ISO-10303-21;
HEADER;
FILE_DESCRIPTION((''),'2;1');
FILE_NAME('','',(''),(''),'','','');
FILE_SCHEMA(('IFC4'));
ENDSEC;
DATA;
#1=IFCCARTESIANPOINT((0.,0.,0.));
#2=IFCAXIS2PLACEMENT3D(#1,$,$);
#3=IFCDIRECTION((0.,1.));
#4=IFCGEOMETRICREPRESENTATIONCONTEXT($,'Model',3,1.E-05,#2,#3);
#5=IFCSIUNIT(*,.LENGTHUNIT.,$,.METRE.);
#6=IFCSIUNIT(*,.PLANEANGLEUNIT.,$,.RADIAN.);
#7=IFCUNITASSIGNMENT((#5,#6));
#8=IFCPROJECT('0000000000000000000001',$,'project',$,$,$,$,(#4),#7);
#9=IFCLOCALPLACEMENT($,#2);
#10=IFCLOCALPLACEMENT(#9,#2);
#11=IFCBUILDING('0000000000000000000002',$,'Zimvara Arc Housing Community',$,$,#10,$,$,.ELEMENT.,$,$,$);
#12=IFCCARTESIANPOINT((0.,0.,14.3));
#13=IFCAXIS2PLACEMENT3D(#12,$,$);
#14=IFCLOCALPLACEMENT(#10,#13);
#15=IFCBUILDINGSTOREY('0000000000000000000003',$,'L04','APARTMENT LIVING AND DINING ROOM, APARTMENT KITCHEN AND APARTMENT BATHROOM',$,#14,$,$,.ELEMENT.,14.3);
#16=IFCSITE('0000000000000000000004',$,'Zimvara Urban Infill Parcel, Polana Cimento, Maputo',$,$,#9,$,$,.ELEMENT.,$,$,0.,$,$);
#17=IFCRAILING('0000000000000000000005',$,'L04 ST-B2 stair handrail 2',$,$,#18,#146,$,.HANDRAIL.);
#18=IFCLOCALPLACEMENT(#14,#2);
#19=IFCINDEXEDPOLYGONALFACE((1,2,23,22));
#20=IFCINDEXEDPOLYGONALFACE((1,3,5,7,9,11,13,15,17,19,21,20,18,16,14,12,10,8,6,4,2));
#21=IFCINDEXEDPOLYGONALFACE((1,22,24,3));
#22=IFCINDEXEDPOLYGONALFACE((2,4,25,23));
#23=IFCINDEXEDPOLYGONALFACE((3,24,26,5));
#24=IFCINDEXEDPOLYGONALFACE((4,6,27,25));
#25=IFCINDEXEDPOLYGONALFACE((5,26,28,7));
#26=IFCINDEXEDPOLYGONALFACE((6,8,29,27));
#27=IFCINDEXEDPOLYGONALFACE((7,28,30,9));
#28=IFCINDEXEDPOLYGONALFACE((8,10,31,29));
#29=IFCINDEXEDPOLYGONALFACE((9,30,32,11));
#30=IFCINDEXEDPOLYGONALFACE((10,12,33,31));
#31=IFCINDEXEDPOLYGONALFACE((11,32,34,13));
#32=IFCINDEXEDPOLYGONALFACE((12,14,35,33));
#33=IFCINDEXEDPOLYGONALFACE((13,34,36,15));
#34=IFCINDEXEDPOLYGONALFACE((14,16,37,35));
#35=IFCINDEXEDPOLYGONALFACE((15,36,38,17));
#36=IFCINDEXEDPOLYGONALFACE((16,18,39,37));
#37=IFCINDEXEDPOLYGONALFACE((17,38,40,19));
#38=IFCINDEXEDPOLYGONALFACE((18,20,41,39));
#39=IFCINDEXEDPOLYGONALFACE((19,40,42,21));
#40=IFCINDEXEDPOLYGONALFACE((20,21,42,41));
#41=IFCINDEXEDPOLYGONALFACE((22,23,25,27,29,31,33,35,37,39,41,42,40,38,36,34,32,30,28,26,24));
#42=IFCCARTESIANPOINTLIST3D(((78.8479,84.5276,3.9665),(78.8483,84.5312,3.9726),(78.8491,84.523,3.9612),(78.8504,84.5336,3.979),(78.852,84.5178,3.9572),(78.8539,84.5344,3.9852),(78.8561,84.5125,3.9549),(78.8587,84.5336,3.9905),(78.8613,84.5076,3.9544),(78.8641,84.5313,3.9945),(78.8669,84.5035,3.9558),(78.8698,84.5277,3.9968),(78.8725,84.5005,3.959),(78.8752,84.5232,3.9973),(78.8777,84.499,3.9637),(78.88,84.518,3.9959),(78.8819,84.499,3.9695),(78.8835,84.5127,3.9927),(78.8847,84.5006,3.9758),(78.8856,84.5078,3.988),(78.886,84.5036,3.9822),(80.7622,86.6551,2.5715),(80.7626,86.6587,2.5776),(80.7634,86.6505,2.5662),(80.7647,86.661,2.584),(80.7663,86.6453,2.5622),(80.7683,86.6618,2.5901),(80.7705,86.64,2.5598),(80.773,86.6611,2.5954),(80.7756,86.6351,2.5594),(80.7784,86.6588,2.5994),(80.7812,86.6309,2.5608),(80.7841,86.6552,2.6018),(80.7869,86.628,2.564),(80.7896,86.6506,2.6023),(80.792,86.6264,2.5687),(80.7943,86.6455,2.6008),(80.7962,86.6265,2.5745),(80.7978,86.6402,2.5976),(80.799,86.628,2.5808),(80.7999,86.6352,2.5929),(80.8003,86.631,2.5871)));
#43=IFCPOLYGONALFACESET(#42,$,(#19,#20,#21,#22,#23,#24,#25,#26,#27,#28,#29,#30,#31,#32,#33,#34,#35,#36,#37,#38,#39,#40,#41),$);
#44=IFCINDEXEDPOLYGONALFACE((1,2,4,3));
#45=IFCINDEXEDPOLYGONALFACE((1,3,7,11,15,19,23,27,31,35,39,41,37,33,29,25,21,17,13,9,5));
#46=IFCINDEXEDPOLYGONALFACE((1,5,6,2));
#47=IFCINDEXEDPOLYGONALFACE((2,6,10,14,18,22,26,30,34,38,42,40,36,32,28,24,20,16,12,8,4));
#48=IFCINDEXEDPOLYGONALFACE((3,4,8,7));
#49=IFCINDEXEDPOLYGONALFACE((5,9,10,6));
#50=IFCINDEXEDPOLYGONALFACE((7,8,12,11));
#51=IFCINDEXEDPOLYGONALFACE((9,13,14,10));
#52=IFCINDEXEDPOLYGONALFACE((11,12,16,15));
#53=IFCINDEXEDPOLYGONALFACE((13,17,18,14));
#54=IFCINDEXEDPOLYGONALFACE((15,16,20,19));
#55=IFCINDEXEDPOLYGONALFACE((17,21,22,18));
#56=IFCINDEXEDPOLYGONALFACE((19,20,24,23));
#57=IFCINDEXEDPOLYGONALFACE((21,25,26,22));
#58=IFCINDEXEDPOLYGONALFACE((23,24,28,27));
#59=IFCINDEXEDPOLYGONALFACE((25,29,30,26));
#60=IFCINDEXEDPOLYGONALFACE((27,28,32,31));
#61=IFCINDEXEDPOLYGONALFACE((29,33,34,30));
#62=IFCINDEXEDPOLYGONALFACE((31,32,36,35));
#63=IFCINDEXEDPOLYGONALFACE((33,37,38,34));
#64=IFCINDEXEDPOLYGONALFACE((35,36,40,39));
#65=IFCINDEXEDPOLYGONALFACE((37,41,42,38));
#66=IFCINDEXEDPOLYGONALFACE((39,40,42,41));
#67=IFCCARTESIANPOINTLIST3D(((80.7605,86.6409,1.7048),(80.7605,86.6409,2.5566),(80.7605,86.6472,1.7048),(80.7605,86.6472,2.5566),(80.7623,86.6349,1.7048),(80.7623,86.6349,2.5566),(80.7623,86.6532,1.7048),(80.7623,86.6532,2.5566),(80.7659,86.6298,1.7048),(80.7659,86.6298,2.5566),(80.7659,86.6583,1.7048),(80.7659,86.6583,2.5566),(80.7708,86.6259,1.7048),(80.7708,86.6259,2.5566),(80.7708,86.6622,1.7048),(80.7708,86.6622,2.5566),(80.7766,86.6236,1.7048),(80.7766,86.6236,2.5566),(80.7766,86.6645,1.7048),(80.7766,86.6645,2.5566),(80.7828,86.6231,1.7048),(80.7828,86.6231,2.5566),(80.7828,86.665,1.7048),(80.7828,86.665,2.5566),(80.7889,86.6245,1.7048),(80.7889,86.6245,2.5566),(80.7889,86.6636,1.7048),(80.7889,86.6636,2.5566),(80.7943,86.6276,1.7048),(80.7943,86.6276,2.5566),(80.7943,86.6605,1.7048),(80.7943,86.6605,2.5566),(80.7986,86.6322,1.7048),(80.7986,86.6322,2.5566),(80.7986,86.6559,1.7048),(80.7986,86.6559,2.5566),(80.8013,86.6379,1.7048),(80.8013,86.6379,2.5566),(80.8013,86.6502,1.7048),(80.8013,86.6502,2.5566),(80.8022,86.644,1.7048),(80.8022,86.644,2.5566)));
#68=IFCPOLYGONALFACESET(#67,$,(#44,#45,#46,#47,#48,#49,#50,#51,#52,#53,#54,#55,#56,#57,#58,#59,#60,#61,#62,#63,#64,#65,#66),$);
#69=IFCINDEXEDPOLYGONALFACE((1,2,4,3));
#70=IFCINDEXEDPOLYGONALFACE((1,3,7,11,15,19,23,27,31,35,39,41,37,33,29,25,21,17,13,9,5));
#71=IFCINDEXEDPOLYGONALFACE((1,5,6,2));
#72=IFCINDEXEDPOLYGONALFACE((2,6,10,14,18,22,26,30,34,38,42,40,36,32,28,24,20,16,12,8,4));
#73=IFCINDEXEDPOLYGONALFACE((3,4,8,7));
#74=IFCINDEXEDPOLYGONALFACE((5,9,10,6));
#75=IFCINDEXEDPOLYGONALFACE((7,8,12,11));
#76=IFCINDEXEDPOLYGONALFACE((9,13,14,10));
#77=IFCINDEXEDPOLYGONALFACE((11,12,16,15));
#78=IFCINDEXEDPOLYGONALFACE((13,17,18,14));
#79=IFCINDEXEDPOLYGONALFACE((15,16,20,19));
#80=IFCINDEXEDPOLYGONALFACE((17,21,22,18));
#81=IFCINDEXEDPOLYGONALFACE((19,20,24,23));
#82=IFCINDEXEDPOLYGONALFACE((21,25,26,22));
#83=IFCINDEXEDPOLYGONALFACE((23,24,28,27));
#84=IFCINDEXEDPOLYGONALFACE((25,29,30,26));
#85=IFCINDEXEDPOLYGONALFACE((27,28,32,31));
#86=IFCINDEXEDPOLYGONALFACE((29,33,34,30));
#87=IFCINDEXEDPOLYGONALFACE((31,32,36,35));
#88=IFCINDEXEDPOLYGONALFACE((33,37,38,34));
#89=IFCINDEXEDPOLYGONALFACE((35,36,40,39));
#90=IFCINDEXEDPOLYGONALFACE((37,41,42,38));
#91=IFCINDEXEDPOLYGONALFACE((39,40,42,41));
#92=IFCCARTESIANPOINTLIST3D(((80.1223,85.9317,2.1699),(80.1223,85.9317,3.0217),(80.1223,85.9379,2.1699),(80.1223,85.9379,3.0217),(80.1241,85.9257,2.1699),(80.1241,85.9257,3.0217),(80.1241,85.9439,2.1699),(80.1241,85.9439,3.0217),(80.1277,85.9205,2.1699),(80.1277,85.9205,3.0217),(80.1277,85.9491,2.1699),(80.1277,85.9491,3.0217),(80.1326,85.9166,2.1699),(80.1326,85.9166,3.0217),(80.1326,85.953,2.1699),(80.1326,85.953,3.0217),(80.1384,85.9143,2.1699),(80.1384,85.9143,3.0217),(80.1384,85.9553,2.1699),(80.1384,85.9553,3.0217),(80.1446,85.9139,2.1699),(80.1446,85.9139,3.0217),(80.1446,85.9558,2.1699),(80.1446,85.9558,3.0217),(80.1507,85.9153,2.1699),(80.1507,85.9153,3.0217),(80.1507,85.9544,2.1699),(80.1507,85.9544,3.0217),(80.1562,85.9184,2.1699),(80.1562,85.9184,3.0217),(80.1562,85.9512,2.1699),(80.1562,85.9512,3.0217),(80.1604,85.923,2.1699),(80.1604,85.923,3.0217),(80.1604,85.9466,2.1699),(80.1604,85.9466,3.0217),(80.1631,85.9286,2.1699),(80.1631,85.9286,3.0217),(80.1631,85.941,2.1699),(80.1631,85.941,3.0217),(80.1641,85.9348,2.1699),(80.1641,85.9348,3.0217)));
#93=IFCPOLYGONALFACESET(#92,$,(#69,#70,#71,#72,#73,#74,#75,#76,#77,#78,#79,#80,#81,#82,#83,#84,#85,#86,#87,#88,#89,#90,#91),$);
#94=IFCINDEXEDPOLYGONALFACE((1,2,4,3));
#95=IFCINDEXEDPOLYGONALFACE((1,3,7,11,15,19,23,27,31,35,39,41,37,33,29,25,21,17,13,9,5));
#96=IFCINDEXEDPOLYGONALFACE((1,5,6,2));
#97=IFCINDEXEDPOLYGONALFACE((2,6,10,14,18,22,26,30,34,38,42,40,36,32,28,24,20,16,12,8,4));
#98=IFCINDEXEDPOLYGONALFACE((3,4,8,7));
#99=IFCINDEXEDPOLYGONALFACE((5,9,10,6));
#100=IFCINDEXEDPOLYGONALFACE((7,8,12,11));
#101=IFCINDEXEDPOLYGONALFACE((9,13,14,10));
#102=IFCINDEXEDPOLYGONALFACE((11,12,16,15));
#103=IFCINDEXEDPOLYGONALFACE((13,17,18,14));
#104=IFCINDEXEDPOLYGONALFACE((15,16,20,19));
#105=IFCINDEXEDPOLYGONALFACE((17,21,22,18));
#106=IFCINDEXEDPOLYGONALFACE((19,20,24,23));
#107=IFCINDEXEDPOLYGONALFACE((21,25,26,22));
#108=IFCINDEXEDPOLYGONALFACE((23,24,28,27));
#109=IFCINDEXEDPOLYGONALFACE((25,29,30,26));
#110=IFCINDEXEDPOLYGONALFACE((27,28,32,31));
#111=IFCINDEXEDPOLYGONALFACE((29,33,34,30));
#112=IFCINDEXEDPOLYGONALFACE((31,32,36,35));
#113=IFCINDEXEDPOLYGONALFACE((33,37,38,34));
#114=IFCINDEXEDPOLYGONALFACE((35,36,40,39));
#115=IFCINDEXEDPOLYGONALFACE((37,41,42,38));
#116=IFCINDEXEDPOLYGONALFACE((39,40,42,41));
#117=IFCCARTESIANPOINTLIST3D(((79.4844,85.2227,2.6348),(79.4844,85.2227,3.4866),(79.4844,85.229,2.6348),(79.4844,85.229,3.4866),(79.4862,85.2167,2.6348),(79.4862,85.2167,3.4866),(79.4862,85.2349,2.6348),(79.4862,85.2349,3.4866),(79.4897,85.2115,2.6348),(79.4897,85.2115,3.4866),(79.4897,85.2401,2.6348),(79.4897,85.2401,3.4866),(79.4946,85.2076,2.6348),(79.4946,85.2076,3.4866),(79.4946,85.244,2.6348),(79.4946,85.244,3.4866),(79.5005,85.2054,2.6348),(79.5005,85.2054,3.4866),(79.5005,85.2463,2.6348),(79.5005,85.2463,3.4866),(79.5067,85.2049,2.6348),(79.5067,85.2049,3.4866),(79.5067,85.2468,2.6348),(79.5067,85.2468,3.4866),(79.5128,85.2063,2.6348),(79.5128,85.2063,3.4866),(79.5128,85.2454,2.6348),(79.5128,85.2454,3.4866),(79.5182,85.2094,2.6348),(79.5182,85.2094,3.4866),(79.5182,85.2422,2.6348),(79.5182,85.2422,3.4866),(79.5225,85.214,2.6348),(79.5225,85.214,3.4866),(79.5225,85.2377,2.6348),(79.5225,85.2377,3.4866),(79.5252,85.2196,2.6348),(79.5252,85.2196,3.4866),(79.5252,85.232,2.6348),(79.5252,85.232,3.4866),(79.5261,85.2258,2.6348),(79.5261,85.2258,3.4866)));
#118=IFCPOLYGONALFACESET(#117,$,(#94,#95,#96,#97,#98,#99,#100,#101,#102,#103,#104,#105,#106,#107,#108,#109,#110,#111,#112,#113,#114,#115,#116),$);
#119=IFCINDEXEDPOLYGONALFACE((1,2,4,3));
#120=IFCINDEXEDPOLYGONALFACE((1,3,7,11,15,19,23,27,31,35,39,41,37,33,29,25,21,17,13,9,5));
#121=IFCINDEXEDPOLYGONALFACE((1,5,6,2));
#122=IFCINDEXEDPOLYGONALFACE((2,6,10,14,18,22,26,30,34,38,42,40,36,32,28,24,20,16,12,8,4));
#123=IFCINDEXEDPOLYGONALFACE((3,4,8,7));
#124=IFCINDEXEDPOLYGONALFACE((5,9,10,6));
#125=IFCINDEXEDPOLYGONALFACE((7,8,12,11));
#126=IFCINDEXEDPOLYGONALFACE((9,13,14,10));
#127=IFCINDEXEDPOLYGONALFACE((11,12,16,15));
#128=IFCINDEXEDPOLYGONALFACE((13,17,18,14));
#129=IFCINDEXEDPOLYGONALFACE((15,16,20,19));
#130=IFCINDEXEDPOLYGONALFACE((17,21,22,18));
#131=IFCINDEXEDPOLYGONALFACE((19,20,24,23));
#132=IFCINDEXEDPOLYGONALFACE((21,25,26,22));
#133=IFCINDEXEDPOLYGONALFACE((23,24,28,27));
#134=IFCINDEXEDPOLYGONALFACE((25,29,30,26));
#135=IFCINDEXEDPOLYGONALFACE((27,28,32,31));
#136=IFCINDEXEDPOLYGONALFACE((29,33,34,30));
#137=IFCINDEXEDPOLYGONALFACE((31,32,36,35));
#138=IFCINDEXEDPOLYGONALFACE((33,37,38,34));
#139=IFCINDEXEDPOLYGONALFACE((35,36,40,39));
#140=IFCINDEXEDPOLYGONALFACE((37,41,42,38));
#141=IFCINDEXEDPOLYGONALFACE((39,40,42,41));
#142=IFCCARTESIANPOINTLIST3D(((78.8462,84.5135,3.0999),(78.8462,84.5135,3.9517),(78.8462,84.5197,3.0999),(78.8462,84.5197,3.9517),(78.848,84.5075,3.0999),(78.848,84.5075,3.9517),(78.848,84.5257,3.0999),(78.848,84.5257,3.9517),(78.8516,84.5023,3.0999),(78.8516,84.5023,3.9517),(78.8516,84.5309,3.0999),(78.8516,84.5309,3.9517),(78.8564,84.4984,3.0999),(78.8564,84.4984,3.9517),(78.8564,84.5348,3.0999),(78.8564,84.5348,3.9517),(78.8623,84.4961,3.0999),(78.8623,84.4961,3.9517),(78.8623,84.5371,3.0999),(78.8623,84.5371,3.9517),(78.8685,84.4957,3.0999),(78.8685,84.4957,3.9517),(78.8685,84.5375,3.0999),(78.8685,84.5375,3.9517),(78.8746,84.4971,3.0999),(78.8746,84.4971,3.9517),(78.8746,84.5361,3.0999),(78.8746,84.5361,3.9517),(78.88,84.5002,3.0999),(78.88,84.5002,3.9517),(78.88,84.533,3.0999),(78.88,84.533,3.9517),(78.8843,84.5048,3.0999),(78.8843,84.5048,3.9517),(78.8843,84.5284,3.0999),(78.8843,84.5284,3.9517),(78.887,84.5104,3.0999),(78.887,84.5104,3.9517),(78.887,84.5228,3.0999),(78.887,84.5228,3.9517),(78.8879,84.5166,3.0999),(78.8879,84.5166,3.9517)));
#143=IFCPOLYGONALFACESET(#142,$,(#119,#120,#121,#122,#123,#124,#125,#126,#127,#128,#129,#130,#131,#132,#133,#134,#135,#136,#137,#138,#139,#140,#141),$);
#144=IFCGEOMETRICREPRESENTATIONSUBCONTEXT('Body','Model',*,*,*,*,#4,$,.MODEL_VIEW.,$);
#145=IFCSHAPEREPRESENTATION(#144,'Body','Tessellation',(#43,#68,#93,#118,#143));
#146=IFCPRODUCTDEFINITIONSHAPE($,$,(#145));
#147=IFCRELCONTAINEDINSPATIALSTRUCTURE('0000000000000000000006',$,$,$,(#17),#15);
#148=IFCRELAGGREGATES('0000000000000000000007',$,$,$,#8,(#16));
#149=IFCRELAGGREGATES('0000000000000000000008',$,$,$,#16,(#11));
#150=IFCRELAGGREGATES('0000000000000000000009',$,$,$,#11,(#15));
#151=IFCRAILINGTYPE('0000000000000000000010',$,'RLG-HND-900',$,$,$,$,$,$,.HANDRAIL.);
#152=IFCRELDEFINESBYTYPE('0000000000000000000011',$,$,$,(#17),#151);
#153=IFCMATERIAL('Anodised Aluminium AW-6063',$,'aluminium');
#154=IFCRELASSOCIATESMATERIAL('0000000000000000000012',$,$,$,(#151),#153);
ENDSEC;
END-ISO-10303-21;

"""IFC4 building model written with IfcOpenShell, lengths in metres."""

from ifc_helpers import new_model, si_unit, direction, frame, origin, origin_2d, place, context, subcontext, project, spatial, circle, extrude, material, type_object, element, save


model = new_model("IFC4")

# Units and contexts
model_context = context("Model", 3, precision=1e-05, world=origin(), true_north=direction((0.0, 1.0)))
body_context = subcontext(model_context, "Body", "Model", "MODEL_VIEW")
ifc_project = project(units=[si_unit("LENGTHUNIT", "METRE"), si_unit("PLANEANGLEUNIT", "RADIAN")], contexts=[model_context])

# Site, building, storey
site_placement = place(None, origin())
site = spatial("IfcSite", under=ifc_project, at=site_placement, Name="Zimvara Urban Infill Parcel, Polana Cimento, Maputo", CompositionType="ELEMENT", RefElevation=0.0)
building_placement = place(site_placement, origin())
building = spatial("IfcBuilding", under=site, at=building_placement, Name="Zimvara Arc Housing Community", CompositionType="ELEMENT")
storey_placement = place(building_placement, frame((0.0, 0.0, 14.3)))
storey = spatial("IfcBuildingStorey", under=building, at=storey_placement, Name="L04", Description="APARTMENT LIVING AND DINING ROOM, APARTMENT KITCHEN AND APARTMENT BATHROOM", CompositionType="ELEMENT", Elevation=14.3)

# Railing
ifc_material_1 = material(Name="Anodised Aluminium AW-6063", Category="aluminium")
railing_type_1 = type_object("IfcRailingType", Name="RLG-HND-900", PredefinedType="HANDRAIL", material=ifc_material_1)
railing_1_placement = place(storey_placement, frame((80.7812, 86.644, 1.7048)))
element("IfcRailing", 1, at=railing_1_placement, inside=storey, type_object=railing_type_1, Name="L04 ST-B2 stair handrail 2", PredefinedType="HANDRAIL", context=body_context, shape_type="SweptSolid", body=[
    extrude(circle(Radius=0.0239, at=origin_2d()), frame((0.0, 0.0, 0.876), z_axis=(-0.601263, -0.668206, 0.43816), x_axis=(0.743362, -0.668889, 0.0)), (0.0, 0.0, 1.0), 3.1838),
    extrude(circle(Radius=0.021, at=origin_2d()), origin(), (0.0, 0.0, 1.0), 0.8518),
    extrude(circle(Radius=0.021, at=origin_2d()), frame((-0.6382, -0.7092, 0.4651)), (0.0, 0.0, 1.0), 0.8518),
    extrude(circle(Radius=0.021, at=origin_2d()), frame((-1.2761, -1.4182, 0.9299)), (0.0, 0.0, 1.0), 0.8518),
    extrude(circle(Radius=0.021, at=origin_2d()), frame((-1.9143, -2.1274, 1.395)), (0.0, 0.0, 1.0), 0.8518),
])

save(model, "model.ifc")
